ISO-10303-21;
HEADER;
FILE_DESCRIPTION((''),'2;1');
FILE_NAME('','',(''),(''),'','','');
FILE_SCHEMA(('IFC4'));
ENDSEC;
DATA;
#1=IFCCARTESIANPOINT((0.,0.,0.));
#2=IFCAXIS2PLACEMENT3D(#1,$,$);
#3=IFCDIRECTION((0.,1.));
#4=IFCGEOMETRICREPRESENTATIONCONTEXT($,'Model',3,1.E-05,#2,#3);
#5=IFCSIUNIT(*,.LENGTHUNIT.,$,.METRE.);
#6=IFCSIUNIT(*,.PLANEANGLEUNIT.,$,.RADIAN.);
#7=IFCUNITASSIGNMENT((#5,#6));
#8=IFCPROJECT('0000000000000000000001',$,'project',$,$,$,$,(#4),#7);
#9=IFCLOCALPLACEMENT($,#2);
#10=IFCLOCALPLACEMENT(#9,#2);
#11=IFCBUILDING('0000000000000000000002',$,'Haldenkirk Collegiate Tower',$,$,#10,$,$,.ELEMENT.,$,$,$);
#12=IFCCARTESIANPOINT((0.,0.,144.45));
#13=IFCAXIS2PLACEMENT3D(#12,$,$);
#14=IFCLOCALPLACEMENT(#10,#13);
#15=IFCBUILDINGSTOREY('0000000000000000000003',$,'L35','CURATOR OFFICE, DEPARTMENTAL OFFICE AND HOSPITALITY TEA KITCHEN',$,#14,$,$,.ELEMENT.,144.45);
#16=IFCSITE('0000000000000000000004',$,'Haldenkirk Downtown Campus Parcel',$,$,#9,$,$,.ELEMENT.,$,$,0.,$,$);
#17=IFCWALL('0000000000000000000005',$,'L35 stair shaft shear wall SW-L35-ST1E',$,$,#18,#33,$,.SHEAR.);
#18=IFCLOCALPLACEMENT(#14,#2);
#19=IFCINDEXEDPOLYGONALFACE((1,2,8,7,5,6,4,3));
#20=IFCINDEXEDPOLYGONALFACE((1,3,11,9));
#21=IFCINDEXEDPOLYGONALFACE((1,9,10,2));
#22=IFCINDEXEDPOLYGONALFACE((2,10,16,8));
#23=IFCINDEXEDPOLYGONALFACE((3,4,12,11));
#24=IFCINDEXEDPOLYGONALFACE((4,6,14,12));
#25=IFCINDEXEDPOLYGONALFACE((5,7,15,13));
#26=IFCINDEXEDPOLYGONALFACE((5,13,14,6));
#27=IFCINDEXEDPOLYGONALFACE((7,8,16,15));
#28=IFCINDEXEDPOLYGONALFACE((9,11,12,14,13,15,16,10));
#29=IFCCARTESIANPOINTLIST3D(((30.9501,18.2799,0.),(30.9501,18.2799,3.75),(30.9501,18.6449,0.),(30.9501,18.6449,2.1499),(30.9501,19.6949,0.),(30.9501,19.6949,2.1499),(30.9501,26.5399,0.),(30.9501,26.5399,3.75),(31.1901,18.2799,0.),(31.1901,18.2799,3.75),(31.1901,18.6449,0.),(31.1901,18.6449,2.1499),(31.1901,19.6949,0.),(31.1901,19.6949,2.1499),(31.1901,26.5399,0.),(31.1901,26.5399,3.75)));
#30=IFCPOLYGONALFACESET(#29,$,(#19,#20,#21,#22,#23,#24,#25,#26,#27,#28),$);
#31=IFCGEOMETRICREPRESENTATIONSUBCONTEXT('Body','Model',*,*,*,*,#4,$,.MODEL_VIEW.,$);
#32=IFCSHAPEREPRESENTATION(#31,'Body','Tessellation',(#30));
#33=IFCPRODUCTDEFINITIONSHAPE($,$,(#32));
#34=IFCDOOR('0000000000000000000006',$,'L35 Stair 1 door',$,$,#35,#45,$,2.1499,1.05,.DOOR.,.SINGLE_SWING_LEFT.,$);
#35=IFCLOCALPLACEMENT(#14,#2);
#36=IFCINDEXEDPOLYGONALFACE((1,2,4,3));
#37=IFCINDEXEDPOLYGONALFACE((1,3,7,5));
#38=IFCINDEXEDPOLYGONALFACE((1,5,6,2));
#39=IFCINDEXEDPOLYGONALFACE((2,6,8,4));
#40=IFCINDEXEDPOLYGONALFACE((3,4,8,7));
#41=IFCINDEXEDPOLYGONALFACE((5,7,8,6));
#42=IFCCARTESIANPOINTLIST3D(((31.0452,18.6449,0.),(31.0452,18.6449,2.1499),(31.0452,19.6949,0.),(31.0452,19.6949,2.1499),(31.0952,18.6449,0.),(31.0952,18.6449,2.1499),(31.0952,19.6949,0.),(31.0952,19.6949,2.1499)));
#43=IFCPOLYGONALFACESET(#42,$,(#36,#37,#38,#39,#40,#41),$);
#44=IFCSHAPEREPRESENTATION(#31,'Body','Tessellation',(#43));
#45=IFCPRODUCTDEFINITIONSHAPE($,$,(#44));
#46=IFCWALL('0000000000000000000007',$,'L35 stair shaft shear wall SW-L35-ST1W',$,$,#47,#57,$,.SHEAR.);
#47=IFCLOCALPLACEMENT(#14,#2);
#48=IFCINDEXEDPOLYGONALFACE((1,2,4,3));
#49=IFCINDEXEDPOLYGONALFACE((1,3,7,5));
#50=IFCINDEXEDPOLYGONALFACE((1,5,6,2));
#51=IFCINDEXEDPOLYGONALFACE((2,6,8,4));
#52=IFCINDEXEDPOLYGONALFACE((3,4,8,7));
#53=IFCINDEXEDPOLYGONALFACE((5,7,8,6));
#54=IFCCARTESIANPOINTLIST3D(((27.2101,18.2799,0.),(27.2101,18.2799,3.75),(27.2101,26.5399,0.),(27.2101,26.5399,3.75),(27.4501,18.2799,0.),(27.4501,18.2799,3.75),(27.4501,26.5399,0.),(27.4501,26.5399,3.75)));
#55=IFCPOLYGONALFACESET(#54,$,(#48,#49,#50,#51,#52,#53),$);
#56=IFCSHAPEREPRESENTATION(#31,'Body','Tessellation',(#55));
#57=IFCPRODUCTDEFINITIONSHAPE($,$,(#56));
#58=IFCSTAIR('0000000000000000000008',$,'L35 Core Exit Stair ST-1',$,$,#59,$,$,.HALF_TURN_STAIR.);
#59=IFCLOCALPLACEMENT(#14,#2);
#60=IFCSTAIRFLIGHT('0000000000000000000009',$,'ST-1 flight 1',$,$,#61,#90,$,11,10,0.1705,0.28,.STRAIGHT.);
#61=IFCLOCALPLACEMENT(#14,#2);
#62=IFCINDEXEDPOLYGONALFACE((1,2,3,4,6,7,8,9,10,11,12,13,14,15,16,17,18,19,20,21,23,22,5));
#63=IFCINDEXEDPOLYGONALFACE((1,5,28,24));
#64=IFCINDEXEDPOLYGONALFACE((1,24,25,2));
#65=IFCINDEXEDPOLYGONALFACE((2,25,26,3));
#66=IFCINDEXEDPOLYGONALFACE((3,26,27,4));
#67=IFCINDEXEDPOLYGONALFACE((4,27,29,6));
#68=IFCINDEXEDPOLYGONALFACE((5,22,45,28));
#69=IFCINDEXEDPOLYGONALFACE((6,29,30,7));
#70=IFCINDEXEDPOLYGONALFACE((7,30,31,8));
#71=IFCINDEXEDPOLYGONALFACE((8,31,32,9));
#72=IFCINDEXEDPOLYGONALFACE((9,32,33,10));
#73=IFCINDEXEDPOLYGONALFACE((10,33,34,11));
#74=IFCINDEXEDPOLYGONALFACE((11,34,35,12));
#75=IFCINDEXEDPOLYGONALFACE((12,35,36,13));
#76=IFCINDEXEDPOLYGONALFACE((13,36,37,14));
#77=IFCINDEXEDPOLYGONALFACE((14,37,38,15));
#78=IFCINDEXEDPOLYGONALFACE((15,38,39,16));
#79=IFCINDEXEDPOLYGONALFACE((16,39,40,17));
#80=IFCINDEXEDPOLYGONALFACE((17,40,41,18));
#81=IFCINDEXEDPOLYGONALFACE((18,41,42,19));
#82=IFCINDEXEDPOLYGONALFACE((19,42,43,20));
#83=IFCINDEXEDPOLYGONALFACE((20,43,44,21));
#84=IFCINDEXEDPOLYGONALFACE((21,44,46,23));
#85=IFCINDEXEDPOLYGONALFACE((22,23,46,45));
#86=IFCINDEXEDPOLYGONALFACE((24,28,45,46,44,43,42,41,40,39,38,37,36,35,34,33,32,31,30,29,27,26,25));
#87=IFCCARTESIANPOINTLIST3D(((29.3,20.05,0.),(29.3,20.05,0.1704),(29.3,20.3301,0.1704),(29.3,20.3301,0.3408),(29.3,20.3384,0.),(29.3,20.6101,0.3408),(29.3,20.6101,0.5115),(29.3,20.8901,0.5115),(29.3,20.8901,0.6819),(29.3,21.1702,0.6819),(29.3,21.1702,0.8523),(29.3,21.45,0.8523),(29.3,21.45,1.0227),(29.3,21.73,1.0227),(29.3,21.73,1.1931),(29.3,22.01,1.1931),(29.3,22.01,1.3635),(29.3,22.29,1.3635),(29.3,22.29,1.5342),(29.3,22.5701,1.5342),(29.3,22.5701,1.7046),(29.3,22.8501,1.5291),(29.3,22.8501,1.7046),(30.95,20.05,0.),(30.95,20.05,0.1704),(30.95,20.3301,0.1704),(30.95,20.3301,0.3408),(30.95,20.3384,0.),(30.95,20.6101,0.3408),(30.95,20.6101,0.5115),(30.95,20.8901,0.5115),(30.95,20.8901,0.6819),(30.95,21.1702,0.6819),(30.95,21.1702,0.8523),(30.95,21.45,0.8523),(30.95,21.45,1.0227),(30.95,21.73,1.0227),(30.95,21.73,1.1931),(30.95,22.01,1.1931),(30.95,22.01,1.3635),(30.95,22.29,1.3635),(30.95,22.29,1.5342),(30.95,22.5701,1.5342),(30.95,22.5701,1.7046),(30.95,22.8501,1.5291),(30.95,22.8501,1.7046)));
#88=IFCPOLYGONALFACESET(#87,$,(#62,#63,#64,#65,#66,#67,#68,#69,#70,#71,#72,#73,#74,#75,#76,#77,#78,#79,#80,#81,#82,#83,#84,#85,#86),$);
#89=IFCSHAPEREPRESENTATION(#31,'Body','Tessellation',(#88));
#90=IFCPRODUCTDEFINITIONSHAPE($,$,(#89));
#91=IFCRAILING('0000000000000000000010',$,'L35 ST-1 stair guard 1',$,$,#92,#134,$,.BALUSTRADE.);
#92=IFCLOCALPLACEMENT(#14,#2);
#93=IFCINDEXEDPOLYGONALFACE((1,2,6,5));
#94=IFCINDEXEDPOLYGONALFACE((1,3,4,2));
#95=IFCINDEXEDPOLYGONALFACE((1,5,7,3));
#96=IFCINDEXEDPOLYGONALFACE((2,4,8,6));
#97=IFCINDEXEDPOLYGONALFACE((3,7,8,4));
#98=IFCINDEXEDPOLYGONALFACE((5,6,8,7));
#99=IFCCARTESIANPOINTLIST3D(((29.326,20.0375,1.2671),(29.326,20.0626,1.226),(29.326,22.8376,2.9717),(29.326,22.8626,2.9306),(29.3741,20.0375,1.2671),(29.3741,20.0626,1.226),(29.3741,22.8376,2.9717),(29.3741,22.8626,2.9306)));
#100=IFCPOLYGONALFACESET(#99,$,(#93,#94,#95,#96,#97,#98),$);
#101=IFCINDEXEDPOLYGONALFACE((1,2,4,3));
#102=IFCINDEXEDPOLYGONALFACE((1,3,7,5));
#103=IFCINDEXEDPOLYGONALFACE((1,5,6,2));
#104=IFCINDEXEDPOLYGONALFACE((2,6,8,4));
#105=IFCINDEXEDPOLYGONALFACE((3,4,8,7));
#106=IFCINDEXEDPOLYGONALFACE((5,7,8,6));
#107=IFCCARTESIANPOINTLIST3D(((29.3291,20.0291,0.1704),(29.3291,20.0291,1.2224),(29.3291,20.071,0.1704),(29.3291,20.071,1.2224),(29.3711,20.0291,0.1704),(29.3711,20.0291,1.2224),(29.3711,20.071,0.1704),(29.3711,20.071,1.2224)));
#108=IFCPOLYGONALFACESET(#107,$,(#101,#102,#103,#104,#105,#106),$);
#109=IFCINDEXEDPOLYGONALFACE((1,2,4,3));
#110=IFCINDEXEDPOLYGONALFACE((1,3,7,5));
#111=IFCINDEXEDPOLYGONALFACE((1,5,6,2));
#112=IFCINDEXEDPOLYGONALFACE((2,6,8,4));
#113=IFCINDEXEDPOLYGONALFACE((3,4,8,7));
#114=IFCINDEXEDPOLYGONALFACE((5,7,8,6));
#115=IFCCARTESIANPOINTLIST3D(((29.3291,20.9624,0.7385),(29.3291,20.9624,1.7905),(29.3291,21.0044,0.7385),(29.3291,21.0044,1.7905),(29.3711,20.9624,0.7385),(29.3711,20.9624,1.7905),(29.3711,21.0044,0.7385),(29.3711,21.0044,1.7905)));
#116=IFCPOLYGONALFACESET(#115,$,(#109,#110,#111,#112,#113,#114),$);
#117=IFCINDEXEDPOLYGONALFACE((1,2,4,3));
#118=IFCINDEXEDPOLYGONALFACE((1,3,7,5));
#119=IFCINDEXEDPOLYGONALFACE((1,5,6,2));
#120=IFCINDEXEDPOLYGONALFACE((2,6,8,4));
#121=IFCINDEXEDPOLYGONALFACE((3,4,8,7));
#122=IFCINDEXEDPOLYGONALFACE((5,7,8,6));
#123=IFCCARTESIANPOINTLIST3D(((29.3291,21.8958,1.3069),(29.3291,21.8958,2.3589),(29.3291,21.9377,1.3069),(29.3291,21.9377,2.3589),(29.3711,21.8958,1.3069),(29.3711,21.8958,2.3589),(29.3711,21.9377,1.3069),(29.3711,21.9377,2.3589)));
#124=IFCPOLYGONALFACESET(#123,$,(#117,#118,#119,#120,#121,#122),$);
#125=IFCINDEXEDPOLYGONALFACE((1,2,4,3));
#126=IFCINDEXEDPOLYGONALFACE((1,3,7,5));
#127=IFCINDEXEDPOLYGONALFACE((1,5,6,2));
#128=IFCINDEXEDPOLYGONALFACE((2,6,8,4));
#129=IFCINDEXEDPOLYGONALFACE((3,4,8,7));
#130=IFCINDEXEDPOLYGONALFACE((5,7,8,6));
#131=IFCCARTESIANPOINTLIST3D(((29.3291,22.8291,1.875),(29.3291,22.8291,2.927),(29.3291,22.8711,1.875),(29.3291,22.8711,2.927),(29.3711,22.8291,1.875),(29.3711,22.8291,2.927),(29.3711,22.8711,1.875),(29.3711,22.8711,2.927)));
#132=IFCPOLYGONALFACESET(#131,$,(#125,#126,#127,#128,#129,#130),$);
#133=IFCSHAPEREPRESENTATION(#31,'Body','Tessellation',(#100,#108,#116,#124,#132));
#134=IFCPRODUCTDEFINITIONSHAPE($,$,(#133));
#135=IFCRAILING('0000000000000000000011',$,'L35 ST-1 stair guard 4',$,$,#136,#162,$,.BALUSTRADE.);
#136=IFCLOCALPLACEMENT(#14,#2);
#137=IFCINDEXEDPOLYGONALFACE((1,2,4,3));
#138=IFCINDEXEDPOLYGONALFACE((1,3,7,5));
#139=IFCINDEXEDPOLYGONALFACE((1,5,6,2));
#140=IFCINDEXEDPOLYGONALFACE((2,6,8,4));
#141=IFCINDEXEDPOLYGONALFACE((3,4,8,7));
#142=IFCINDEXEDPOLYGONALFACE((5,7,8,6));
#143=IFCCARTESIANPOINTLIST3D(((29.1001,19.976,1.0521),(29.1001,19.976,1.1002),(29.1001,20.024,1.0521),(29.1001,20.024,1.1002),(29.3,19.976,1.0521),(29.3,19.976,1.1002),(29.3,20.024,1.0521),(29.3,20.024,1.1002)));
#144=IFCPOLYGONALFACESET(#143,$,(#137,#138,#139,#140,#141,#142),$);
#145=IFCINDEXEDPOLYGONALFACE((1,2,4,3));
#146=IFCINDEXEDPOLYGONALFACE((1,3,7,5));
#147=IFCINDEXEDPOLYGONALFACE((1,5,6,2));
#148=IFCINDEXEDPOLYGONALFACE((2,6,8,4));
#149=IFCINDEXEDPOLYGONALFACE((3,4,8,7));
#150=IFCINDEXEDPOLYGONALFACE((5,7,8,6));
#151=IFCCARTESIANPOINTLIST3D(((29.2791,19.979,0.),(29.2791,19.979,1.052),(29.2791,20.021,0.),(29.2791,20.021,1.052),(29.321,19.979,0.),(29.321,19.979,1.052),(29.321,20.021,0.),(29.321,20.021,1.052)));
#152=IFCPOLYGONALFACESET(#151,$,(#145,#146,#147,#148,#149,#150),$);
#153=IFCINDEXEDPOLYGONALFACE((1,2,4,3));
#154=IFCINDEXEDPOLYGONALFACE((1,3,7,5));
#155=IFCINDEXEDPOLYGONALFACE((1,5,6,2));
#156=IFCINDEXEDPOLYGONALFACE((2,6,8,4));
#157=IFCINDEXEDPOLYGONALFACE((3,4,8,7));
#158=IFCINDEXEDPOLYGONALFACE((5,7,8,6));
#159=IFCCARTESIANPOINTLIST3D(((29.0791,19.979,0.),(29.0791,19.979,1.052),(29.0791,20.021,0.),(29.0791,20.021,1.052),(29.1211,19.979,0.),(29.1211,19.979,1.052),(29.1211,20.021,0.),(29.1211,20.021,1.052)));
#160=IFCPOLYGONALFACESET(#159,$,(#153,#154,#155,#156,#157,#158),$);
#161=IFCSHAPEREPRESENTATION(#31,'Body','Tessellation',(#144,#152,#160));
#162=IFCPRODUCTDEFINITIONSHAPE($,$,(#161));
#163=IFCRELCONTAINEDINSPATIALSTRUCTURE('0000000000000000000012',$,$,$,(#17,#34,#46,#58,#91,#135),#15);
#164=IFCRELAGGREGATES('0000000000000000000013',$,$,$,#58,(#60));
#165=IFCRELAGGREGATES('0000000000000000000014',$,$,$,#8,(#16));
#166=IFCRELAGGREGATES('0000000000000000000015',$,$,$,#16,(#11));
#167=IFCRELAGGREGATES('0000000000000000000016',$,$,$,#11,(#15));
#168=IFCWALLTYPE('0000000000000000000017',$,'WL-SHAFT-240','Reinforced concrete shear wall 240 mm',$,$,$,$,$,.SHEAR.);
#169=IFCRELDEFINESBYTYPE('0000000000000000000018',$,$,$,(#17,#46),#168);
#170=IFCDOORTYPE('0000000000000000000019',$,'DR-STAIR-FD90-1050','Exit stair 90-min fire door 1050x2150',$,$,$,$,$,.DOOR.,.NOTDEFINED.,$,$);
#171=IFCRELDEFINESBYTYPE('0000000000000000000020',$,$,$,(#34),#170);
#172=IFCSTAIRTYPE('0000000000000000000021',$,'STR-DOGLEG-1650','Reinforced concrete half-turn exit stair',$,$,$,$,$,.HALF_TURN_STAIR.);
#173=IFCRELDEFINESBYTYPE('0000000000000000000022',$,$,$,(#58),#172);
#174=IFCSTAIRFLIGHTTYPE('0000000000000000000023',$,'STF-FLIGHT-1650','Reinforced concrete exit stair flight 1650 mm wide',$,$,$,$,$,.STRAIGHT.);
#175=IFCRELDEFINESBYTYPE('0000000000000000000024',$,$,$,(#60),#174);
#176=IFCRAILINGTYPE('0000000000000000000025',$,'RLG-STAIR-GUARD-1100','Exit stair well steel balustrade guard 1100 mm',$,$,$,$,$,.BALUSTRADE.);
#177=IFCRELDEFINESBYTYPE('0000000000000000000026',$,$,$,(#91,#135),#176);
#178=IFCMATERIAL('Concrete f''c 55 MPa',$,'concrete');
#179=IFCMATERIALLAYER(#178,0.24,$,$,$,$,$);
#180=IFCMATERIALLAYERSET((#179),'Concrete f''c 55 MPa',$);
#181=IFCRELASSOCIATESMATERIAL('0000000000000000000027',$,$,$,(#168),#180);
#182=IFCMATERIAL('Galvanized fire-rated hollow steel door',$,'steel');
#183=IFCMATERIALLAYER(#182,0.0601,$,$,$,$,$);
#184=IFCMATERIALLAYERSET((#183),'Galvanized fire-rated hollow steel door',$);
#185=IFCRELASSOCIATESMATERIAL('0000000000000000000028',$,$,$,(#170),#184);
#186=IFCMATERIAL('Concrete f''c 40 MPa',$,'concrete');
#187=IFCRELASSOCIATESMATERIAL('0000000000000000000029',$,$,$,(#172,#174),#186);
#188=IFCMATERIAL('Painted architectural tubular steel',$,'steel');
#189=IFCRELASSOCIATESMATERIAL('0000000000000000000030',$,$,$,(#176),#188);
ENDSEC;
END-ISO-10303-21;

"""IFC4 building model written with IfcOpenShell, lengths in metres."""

from ifc_helpers import new_model, si_unit, direction, frame, frame_2d, origin, origin_2d, place, context, subcontext, project, spatial, polyline, rectangle, outline, extrude, material, layer, layer_set, type_object, element, fill, aggregate, save


model = new_model("IFC4")

# Units and contexts
model_context = context("Model", 3, precision=1e-05, world=origin(), true_north=direction((0.0, 1.0)))
body_context = subcontext(model_context, "Body", "Model", "MODEL_VIEW")
ifc_project = project(units=[si_unit("LENGTHUNIT", "METRE"), si_unit("PLANEANGLEUNIT", "RADIAN")], contexts=[model_context])

# Site, building, storey
site_placement = place(None, origin())
site = spatial("IfcSite", under=ifc_project, at=site_placement, Name="Haldenkirk Downtown Campus Parcel", CompositionType="ELEMENT", RefElevation=0.0)
building_placement = place(site_placement, origin())
building = spatial("IfcBuilding", under=site, at=building_placement, Name="Haldenkirk Collegiate Tower", CompositionType="ELEMENT")
storey_placement = place(building_placement, frame((0.0, 0.0, 144.45)))
storey = spatial("IfcBuildingStorey", under=building, at=storey_placement, Name="L35", Description="CURATOR OFFICE, DEPARTMENTAL OFFICE AND HOSPITALITY TEA KITCHEN", CompositionType="ELEMENT", Elevation=144.45)

# Shared definitions
ifc_material_1 = material(Name="Concrete f'c 55 MPa", Category="concrete")
ifc_material_2 = material(Name="Galvanized fire-rated hollow steel door", Category="steel")

# Wall, opening, door
ifc_layer_1 = layer(ifc_material_1, 0.24)
ifc_layer_set_1 = layer_set([ifc_layer_1], Name="Concrete f'c 55 MPa")
wall_type_1 = type_object("IfcWallType", Name="WL-SHAFT-240", Description="Reinforced concrete shear wall 240 mm", PredefinedType="SHEAR", material=ifc_layer_set_1)
wall_1_placement = place(storey_placement, frame((31.0701, 18.28, 0.0), z_axis=(0.0, 0.0, 1.0), x_axis=(0.0, 1.0, 0.0)))
wall_1 = element("IfcWall", 1, at=wall_1_placement, inside=storey, type_object=wall_type_1, Name="L35 stair shaft shear wall SW-L35-ST1E", PredefinedType="SHEAR", context=body_context, shape_type="SweptSolid", body=[
    extrude(rectangle(XDim=8.26, YDim=0.24, at=frame_2d((4.1299, 0.0))), origin(), (0.0, 0.0, 1.0), 3.75),
])
opening_1_placement = place(wall_1_placement, frame((0.365, 0.0, 0.0)))
opening_1 = element("IfcOpeningElement", 2, at=opening_1_placement, cuts=wall_1, PredefinedType="OPENING", context=body_context, shape_type="SweptSolid", body=[
    extrude(rectangle(XDim=1.05, YDim=2.1499, at=frame_2d((0.5249, 1.075))), frame((0.0, 0.1299, 0.0), z_axis=(0.0, -1.0, 0.0), x_axis=(1.0, 0.0, 0.0)), (0.0, 0.0, 1.0), 0.26),
])
ifc_layer_2 = layer(ifc_material_2, 0.0601)
ifc_layer_set_2 = layer_set([ifc_layer_2], Name="Galvanized fire-rated hollow steel door")
door_type_1 = type_object("IfcDoorType", Name="DR-STAIR-FD90-1050", Description="Exit stair 90-min fire door 1050x2150", OperationType="NOTDEFINED", PredefinedType="DOOR", material=ifc_layer_set_2)
door_1_placement = place(opening_1_placement, origin())
door_1 = element("IfcDoor", 3, at=door_1_placement, inside=storey, type_object=door_type_1, Name="L35 Stair 1 door", OperationType="SINGLE_SWING_LEFT", OverallHeight=2.1499, OverallWidth=1.05, PredefinedType="DOOR", context=body_context, shape_type="SweptSolid", body=[
    extrude(rectangle(XDim=1.05, YDim=2.1499, at=frame_2d((0.5249, 1.075))), frame((0.0, 0.0249, 0.0), z_axis=(0.0, -1.0, 0.0), x_axis=(1.0, 0.0, 0.0)), (0.0, 0.0, 1.0), 0.05),
])
fill(opening_1, door_1)

# Wall
wall_2_placement = place(storey_placement, frame((27.3301, 18.28, 0.0), z_axis=(0.0, 0.0, 1.0), x_axis=(0.0, 1.0, 0.0)))
element("IfcWall", 4, at=wall_2_placement, inside=storey, type_object=wall_type_1, Name="L35 stair shaft shear wall SW-L35-ST1W", PredefinedType="SHEAR", context=body_context, shape_type="SweptSolid", body=[
    extrude(rectangle(XDim=8.26, YDim=0.24, at=frame_2d((4.1299, 0.0))), origin(), (0.0, 0.0, 1.0), 3.75),
])

# Stair, stair flight
ifc_material_3 = material(Name="Concrete f'c 40 MPa", Category="concrete")
stair_type = type_object("IfcStairType", Name="STR-DOGLEG-1650", Description="Reinforced concrete half-turn exit stair", PredefinedType="HALF_TURN_STAIR", material=ifc_material_3)
stair_placement = place(storey_placement, origin())
stair = element("IfcStair", 5, at=stair_placement, inside=storey, type_object=stair_type, Name="L35 Core Exit Stair ST-1", PredefinedType="HALF_TURN_STAIR")
stair_flight_type = type_object("IfcStairFlightType", Name="STF-FLIGHT-1650", Description="Reinforced concrete exit stair flight 1650 mm wide", PredefinedType="STRAIGHT", material=ifc_material_3)
stair_flight_placement = place(storey_placement, frame((30.125, 20.05, 0.0), z_axis=(0.0, 0.0, 1.0), x_axis=(0.0, 1.0, 0.0)))
stair_flight = element("IfcStairFlight", 6, at=stair_flight_placement, type_object=stair_flight_type, Name="ST-1 flight 1", NumberOfRisers=11, NumberOfTreads=10, PredefinedType="STRAIGHT", RiserHeight=0.1705, TreadLength=0.28, context=body_context, shape_type="SweptSolid", body=[
    extrude(outline(polyline([(0.0, 0.0), (0.0, 0.1704), (0.28, 0.1704), (0.28, 0.3408), (0.5601, 0.3408), (0.5601, 0.5115), (0.8401, 0.5115), (0.8401, 0.6819), (1.1201, 0.6819), (1.1201, 0.8523), (1.3999, 0.8523), (1.3999, 1.0227), (1.6799, 1.0227), (1.6799, 1.1931), (1.96, 1.1931), (1.96, 1.3635), (2.24, 1.3635), (2.24, 1.5342), (2.52, 1.5342), (2.52, 1.7046), (2.8, 1.7046), (2.8, 1.875), (2.8, 1.5291), (0.2883, 0.0), (0.0, 0.0)])), frame((0.0, 0.825, 0.0), z_axis=(0.0, -1.0, 0.0), x_axis=(1.0, 0.0, 0.0)), (0.0, 0.0, 1.0), 1.6499),
])
aggregate(stair, [stair_flight])

# Railings
ifc_material_4 = material(Name="Painted architectural tubular steel", Category="steel")
railing_type_1 = type_object("IfcRailingType", Name="RLG-STAIR-GUARD-1100", Description="Exit stair well steel balustrade guard 1100 mm", PredefinedType="BALUSTRADE", material=ifc_material_4)
railing_1_placement = place(storey_placement, frame((29.3501, 20.05, 0.1704)))
element("IfcRailing", 7, at=railing_1_placement, inside=storey, type_object=railing_type_1, Name="L35 ST-1 stair guard 1", PredefinedType="BALUSTRADE", context=body_context, shape_type="SweptSolid", body=[
    extrude(rectangle(XDim=0.0481, YDim=0.0481, at=origin_2d()), frame((0.0, 0.0, 1.0762), z_axis=(0.0, 0.85417, 0.519994), x_axis=(-1.0, 0.0, 0.0)), (0.0, 0.0, 1.0), 3.2781),
    extrude(rectangle(XDim=0.042, YDim=0.042, at=origin_2d()), origin(), (0.0, 0.0, 1.0), 1.052),
    extrude(rectangle(XDim=0.042, YDim=0.042, at=origin_2d()), frame((0.0, 0.9333, 0.5681)), (0.0, 0.0, 1.0), 1.052),
    extrude(rectangle(XDim=0.042, YDim=0.042, at=origin_2d()), frame((0.0, 1.8667, 1.1365)), (0.0, 0.0, 1.0), 1.052),
    extrude(rectangle(XDim=0.042, YDim=0.042, at=origin_2d()), frame((0.0, 2.8, 1.7046)), (0.0, 0.0, 1.0), 1.052),
])
railing_2_placement = place(storey_placement, frame((29.3, 20.0, 0.0)))
element("IfcRailing", 8, at=railing_2_placement, inside=storey, type_object=railing_type_1, Name="L35 ST-1 stair guard 4", PredefinedType="BALUSTRADE", context=body_context, shape_type="SweptSolid", body=[
    extrude(rectangle(XDim=0.0481, YDim=0.0481, at=origin_2d()), frame((0.0, 0.0, 1.0762), z_axis=(-1.0, 0.0, 0.0), x_axis=(0.0, -1.0, 0.0)), (0.0, 0.0, 1.0), 0.2),
    extrude(rectangle(XDim=0.042, YDim=0.042, at=origin_2d()), origin(), (0.0, 0.0, 1.0), 1.052),
    extrude(rectangle(XDim=0.042, YDim=0.042, at=origin_2d()), frame((-0.2, 0.0, 0.0)), (0.0, 0.0, 1.0), 1.052),
])

save(model, "model.ifc")
